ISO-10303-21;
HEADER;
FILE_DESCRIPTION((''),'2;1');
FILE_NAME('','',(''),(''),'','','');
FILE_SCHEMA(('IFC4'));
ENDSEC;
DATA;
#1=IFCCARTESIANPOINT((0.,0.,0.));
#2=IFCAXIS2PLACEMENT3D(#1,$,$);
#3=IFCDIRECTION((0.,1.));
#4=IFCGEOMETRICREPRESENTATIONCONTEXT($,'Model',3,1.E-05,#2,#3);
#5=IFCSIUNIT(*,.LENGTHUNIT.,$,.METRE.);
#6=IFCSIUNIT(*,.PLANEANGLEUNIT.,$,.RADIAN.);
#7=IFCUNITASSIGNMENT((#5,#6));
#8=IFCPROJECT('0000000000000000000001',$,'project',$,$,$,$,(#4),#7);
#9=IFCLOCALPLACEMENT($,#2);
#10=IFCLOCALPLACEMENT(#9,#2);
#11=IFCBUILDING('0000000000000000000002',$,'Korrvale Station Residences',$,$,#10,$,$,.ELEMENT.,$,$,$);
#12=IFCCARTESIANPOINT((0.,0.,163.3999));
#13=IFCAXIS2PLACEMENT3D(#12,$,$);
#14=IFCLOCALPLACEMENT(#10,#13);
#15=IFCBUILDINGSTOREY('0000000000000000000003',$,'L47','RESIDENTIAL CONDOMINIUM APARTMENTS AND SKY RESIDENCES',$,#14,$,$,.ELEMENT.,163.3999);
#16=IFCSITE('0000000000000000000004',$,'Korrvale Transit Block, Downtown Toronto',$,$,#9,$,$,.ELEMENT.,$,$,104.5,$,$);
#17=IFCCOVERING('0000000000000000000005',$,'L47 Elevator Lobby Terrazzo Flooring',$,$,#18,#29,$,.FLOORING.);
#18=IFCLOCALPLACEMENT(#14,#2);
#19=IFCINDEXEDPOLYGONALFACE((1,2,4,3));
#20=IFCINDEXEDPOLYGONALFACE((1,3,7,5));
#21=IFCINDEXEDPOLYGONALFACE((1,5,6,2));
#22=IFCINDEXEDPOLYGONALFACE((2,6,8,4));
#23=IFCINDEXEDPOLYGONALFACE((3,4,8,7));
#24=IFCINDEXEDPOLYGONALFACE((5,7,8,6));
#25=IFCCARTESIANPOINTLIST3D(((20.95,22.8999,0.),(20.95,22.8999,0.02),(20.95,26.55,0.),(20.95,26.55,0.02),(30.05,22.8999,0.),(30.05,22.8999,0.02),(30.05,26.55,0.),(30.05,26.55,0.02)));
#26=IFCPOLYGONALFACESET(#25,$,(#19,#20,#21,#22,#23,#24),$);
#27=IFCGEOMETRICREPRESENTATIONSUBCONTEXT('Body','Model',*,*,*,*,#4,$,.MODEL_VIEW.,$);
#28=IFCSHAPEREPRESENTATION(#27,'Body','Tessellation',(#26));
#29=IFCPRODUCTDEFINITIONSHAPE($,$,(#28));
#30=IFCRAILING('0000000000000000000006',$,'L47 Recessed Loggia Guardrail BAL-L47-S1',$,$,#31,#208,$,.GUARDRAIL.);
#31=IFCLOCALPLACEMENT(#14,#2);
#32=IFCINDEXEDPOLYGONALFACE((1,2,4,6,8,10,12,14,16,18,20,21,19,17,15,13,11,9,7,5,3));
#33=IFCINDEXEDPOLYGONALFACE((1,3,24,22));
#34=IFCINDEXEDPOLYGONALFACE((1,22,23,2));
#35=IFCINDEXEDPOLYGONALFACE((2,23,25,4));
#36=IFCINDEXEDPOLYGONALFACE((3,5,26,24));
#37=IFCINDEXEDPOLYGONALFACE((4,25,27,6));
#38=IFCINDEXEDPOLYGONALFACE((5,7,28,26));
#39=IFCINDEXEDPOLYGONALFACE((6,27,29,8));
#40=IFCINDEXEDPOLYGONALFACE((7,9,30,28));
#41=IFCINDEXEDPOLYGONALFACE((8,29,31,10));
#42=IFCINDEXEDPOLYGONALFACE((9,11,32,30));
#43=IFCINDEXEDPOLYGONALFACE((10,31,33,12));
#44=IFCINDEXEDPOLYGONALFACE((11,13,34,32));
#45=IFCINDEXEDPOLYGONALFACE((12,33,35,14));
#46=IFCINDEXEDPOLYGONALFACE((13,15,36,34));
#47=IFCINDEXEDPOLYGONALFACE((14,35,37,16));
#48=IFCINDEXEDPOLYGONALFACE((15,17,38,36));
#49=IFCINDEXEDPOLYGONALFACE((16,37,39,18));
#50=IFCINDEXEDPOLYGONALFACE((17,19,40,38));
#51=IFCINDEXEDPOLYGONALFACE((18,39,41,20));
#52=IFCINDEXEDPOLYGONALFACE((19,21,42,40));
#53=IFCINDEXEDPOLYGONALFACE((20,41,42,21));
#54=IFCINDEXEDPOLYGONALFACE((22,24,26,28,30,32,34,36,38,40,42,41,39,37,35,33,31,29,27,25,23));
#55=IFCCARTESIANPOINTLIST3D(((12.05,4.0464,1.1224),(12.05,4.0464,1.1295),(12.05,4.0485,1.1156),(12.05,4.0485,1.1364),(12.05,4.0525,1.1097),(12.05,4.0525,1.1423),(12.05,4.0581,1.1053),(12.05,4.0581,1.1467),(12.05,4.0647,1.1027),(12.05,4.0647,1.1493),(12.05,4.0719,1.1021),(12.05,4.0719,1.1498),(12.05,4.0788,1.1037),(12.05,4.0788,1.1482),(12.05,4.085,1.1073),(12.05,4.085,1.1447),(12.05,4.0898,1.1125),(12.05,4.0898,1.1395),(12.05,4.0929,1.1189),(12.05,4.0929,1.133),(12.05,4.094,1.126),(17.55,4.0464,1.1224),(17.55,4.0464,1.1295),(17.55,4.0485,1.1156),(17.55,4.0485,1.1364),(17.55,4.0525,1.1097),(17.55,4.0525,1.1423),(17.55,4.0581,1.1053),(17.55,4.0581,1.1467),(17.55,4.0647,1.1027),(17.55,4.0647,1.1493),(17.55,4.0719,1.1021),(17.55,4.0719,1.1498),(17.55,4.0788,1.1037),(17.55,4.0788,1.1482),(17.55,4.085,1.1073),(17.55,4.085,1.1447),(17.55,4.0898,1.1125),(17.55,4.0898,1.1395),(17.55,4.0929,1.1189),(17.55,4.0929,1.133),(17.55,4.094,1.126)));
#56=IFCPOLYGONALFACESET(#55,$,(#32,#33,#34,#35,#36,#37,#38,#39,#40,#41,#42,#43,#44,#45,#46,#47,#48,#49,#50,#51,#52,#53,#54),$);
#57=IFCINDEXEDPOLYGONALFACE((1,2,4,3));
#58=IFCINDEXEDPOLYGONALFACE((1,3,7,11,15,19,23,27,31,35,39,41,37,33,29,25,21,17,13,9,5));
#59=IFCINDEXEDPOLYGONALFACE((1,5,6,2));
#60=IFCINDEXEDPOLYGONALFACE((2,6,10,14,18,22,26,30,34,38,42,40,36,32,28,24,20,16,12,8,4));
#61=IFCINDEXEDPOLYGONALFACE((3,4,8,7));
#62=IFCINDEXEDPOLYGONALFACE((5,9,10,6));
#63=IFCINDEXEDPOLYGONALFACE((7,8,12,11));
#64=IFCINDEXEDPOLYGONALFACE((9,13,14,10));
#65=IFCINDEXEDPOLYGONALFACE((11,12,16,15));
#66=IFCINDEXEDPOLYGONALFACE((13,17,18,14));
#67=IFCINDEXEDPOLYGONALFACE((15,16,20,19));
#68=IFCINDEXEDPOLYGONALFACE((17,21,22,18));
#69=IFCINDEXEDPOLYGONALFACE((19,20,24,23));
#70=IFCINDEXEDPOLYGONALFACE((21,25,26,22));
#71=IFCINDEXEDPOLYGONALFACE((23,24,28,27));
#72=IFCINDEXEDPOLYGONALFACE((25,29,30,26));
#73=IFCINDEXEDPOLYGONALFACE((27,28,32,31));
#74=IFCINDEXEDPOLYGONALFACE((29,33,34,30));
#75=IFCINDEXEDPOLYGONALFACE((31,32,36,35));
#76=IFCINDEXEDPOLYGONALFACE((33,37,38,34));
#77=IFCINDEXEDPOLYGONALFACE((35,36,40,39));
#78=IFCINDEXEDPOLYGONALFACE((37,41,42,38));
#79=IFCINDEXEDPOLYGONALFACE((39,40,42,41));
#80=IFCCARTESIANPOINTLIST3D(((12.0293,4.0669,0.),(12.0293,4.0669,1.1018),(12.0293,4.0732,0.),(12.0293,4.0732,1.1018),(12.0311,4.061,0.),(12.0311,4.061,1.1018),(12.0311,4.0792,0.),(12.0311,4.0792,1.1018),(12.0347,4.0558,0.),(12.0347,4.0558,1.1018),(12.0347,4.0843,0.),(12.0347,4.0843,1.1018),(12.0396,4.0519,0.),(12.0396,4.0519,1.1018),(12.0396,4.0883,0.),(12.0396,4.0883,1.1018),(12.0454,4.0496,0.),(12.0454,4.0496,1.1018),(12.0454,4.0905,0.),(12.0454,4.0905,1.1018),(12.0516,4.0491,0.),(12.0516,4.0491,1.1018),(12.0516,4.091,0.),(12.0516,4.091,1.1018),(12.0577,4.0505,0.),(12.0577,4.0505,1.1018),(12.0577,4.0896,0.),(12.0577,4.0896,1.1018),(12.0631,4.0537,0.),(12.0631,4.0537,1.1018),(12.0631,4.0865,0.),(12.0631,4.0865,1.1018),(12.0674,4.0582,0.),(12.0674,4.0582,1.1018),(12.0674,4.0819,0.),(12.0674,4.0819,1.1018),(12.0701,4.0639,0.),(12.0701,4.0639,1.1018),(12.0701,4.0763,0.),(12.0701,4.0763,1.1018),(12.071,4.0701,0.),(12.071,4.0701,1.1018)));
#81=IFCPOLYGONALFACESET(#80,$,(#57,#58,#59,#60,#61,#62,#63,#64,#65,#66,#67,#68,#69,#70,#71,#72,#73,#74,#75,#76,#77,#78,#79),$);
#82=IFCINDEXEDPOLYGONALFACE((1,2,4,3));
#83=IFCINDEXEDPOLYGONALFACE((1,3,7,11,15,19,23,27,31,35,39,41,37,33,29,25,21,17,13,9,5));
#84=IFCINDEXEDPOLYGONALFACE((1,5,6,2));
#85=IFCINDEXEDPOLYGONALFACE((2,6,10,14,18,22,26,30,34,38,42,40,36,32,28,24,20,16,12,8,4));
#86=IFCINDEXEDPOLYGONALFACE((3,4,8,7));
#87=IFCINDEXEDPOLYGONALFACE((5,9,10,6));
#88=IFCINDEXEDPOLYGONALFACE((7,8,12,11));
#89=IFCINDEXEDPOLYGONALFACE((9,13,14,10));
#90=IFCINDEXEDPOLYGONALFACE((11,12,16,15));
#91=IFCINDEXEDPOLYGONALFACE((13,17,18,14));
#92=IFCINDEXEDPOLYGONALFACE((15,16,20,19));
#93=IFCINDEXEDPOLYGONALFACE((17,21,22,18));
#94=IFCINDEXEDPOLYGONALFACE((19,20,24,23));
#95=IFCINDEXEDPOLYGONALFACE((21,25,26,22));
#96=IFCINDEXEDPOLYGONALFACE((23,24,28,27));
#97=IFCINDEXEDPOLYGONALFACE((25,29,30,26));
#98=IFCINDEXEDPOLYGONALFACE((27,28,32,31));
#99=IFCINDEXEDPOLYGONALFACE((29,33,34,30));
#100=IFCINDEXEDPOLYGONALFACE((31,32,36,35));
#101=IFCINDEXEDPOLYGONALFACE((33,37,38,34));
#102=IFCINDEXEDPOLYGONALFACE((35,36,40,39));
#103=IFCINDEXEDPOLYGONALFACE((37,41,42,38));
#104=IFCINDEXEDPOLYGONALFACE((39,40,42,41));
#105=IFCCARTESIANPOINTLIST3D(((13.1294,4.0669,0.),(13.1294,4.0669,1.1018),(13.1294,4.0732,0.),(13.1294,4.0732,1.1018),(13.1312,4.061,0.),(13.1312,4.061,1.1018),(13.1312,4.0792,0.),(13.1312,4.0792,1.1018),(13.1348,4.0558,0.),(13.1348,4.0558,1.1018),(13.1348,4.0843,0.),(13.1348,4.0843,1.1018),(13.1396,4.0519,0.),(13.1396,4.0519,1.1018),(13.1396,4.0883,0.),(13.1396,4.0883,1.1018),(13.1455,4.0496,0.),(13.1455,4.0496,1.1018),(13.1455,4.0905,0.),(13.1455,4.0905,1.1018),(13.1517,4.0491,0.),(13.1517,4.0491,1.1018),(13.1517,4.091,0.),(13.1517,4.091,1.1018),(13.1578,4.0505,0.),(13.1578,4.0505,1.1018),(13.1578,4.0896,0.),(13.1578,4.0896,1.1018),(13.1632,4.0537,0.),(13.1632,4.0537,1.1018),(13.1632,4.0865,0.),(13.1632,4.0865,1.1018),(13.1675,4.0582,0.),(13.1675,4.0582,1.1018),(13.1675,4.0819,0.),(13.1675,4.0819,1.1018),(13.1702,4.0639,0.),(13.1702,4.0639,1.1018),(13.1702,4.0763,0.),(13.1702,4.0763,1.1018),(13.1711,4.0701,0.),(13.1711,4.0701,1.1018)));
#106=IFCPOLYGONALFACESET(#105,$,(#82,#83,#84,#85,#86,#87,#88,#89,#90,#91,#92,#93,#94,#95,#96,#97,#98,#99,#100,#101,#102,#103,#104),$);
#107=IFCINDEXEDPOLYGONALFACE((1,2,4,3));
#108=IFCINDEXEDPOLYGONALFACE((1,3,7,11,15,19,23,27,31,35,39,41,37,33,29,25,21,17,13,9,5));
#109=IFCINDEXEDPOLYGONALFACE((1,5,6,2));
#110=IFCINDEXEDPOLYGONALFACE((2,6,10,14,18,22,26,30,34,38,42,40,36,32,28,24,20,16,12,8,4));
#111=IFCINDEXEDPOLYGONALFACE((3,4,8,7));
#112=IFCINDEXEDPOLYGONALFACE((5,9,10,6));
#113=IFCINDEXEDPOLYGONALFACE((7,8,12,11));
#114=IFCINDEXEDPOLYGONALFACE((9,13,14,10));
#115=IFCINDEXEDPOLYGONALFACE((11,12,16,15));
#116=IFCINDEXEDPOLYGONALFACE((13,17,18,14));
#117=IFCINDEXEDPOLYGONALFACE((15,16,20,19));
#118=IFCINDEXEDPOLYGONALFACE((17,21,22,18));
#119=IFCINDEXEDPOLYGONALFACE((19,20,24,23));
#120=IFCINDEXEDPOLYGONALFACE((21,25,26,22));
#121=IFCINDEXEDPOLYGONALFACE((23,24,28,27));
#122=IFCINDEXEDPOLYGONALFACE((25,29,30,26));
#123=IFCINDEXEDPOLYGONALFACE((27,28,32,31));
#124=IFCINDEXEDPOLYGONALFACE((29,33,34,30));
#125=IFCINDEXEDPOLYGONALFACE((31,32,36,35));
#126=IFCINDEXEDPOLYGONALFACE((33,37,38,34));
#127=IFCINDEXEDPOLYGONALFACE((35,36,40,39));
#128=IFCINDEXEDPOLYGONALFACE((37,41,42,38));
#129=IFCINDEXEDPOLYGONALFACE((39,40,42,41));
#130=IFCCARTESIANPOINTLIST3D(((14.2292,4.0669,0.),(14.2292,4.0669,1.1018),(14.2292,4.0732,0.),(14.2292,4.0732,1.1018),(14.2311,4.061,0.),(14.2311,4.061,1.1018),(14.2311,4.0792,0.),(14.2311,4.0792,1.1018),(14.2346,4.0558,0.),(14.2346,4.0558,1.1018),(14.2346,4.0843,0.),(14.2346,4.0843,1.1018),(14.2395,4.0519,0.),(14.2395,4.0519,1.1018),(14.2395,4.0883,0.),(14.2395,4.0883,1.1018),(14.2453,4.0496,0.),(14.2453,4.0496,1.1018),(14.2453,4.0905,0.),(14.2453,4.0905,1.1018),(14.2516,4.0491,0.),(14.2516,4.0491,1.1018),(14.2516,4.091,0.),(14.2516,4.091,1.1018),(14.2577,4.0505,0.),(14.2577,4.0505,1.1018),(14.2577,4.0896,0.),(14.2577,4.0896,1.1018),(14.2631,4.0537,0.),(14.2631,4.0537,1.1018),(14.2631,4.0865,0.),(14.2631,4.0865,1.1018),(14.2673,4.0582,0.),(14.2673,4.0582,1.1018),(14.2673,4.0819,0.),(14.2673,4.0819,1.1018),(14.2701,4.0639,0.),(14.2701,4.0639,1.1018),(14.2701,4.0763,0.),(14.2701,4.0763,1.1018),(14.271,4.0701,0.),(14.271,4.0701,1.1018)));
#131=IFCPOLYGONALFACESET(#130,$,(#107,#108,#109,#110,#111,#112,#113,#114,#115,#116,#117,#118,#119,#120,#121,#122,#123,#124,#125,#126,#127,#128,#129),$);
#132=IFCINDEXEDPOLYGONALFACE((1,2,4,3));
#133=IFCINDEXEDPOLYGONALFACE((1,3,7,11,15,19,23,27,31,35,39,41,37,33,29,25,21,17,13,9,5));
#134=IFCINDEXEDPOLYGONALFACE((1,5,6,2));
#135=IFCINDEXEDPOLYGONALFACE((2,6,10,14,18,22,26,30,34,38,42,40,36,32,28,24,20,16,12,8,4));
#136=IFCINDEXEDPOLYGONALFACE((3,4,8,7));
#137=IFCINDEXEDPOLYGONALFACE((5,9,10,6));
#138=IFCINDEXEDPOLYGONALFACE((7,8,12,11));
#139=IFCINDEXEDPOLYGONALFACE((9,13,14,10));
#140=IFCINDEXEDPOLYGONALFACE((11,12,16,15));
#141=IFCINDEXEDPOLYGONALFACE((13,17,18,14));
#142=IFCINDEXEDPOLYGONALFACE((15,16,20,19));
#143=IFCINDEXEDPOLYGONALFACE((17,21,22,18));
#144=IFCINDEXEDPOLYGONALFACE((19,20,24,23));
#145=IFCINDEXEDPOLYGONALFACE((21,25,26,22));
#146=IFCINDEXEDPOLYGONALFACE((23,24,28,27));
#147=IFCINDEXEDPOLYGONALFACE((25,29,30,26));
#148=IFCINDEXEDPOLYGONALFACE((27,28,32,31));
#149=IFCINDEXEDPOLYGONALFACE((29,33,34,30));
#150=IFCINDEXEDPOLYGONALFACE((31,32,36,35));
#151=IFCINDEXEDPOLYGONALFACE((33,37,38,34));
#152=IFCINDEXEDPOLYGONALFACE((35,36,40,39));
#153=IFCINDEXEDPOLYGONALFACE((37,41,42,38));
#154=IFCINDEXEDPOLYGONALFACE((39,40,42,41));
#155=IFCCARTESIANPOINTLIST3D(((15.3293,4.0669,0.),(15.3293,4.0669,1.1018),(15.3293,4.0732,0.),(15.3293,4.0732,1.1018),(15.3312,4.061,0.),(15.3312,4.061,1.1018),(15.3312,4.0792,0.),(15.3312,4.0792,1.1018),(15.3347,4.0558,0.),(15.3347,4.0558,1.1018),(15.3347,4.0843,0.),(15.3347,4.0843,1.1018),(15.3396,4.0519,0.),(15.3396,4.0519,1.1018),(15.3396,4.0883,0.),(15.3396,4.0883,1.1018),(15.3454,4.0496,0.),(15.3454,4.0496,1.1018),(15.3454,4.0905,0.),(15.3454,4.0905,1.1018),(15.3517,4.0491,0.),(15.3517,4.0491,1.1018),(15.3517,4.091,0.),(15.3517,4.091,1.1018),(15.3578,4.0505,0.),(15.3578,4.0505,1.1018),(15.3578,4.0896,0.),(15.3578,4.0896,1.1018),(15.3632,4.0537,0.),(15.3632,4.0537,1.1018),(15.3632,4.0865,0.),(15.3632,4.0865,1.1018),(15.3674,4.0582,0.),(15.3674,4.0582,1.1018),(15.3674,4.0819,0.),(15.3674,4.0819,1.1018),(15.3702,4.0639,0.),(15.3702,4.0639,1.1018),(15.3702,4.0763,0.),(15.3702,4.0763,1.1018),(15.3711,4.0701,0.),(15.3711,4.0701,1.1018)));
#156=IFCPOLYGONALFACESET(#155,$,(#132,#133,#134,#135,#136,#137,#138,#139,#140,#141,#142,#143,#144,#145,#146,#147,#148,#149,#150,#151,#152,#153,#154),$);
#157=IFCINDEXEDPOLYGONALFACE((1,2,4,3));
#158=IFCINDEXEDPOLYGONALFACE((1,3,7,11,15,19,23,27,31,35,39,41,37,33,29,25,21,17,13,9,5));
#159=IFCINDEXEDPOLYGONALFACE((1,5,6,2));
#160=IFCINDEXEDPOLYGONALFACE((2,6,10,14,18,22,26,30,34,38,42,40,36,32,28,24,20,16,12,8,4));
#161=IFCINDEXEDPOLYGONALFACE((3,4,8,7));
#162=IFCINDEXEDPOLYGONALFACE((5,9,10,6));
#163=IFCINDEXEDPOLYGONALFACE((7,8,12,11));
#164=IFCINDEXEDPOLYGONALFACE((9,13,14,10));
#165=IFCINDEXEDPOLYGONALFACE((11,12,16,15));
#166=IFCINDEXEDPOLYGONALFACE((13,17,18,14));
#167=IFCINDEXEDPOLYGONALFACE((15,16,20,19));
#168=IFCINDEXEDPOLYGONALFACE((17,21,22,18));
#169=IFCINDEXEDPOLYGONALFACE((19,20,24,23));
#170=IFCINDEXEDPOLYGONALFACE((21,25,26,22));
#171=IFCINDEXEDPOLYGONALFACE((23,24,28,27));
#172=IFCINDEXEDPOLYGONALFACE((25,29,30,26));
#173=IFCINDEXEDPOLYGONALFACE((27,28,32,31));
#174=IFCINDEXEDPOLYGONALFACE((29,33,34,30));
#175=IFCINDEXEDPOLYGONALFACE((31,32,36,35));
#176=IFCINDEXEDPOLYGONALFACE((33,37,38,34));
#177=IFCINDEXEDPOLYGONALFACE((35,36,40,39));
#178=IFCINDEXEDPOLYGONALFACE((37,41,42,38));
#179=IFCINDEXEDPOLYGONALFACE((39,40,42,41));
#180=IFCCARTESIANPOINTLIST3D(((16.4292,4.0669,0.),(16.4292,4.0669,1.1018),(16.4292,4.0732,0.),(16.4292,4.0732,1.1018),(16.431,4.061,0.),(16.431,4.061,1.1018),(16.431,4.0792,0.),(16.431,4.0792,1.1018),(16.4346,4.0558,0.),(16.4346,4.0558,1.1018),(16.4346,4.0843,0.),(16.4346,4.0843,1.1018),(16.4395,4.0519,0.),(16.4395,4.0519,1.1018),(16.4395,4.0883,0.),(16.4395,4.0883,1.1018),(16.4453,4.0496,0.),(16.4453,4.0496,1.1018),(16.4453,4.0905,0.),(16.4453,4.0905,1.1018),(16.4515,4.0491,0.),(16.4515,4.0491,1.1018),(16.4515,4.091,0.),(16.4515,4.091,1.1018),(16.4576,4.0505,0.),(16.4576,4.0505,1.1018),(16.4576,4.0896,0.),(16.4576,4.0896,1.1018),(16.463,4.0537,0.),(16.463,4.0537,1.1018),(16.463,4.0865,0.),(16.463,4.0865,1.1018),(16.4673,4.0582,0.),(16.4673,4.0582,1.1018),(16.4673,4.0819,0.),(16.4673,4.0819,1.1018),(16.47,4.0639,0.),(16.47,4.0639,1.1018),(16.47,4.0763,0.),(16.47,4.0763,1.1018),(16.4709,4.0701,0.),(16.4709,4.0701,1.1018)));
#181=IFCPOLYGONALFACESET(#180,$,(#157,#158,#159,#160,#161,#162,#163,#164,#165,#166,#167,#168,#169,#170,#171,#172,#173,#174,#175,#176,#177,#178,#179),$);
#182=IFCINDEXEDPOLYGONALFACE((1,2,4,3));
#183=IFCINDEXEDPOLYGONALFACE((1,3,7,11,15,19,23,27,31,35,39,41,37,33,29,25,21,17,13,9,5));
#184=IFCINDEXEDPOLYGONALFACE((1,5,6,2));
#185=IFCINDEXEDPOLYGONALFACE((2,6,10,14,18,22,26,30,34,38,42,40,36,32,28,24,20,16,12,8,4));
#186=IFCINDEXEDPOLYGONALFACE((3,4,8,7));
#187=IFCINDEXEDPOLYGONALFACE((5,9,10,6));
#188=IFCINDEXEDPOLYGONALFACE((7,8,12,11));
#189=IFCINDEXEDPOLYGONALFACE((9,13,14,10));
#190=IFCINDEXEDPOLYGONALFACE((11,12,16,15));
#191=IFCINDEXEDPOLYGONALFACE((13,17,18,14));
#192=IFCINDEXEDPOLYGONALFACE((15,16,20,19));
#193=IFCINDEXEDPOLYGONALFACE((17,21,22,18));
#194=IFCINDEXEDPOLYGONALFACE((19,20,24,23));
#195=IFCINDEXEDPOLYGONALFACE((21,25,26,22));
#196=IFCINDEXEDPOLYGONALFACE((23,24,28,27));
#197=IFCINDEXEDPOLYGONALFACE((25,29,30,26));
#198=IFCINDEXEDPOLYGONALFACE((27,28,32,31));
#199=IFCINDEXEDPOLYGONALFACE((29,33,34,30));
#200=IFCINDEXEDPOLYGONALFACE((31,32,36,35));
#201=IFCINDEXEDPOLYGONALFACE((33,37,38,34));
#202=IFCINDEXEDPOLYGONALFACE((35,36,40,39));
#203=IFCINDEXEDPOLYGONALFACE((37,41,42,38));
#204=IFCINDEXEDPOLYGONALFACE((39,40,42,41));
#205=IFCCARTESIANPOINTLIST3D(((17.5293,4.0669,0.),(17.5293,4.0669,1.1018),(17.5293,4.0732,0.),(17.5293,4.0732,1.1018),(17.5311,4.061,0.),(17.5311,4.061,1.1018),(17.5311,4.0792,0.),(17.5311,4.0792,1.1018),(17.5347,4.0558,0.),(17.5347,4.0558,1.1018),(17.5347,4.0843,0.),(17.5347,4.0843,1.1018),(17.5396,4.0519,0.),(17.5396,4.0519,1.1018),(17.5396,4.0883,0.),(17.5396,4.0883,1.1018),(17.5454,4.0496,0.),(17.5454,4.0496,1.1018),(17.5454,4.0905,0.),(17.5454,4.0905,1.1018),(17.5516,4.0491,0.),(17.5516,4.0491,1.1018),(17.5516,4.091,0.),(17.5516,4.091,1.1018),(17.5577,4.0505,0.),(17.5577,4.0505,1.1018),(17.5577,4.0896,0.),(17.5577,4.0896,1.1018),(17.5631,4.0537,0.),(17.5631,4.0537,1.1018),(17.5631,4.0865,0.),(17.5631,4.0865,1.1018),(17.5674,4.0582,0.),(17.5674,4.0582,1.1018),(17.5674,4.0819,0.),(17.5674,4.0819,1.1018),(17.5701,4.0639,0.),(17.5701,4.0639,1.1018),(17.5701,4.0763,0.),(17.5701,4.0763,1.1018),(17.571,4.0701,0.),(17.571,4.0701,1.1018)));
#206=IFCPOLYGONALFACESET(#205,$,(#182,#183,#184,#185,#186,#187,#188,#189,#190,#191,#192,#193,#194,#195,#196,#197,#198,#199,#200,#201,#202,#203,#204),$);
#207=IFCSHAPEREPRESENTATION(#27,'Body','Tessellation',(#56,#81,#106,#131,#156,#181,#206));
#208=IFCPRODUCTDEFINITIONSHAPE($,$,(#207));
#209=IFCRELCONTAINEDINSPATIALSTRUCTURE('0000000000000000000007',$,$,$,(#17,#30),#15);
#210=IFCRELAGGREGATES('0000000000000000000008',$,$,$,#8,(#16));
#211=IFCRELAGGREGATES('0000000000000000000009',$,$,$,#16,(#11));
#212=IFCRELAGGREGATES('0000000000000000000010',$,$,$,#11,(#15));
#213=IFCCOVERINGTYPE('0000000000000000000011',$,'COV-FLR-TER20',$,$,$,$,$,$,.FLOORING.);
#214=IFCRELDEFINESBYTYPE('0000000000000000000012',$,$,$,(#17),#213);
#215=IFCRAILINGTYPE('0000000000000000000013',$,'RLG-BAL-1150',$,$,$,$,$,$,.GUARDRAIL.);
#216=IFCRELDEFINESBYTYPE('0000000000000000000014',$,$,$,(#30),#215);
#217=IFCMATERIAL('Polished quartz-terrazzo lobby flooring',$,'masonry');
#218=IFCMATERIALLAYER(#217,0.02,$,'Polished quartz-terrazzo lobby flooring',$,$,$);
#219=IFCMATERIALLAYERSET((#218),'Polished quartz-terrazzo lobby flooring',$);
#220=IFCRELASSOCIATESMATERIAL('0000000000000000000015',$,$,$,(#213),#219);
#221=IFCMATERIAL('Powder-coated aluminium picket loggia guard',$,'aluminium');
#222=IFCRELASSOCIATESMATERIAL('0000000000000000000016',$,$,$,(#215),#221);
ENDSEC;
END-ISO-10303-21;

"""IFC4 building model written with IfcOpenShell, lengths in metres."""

from ifc_helpers import new_model, si_unit, direction, frame, origin, origin_2d, place, context, subcontext, project, spatial, polyline, circle, outline, extrude, material, layer, layer_set, type_object, element, save


model = new_model("IFC4")

# Units and contexts
model_context = context("Model", 3, precision=1e-05, world=origin(), true_north=direction((0.0, 1.0)))
body_context = subcontext(model_context, "Body", "Model", "MODEL_VIEW")
ifc_project = project(units=[si_unit("LENGTHUNIT", "METRE"), si_unit("PLANEANGLEUNIT", "RADIAN")], contexts=[model_context])

# Site, building, storey
site_placement = place(None, origin())
site = spatial("IfcSite", under=ifc_project, at=site_placement, Name="Korrvale Transit Block, Downtown Toronto", CompositionType="ELEMENT", RefElevation=104.5)
building_placement = place(site_placement, origin())
building = spatial("IfcBuilding", under=site, at=building_placement, Name="Korrvale Station Residences", CompositionType="ELEMENT")
storey_placement = place(building_placement, frame((0.0, 0.0, 163.3999)))
storey = spatial("IfcBuildingStorey", under=building, at=storey_placement, Name="L47", Description="RESIDENTIAL CONDOMINIUM APARTMENTS AND SKY RESIDENCES", CompositionType="ELEMENT", Elevation=163.3999)

# Covering
ifc_material_1 = material(Name="Polished quartz-terrazzo lobby flooring", Category="masonry")
ifc_layer_1 = layer(ifc_material_1, 0.02, Name="Polished quartz-terrazzo lobby flooring")
ifc_layer_set_1 = layer_set([ifc_layer_1], Name="Polished quartz-terrazzo lobby flooring")
covering_type_1 = type_object("IfcCoveringType", Name="COV-FLR-TER20", PredefinedType="FLOORING", material=ifc_layer_set_1)
covering_1_placement = place(storey_placement, origin())
element("IfcCovering", 1, at=covering_1_placement, inside=storey, type_object=covering_type_1, Name="L47 Elevator Lobby Terrazzo Flooring", PredefinedType="FLOORING", context=body_context, shape_type="SweptSolid", body=[
    extrude(outline(polyline([(20.95, 22.8999), (30.05, 22.8999), (30.05, 26.55), (20.95, 26.55), (20.95, 22.8999)])), origin(), (0.0, 0.0, 1.0), 0.02),
])

# Railing
ifc_material_2 = material(Name="Powder-coated aluminium picket loggia guard", Category="aluminium")
railing_type = type_object("IfcRailingType", Name="RLG-BAL-1150", PredefinedType="GUARDRAIL", material=ifc_material_2)
railing_placement = place(storey_placement, frame((12.05, 4.0701, 0.0)))
element("IfcRailing", 2, at=railing_placement, inside=storey, type_object=railing_type, Name="L47 Recessed Loggia Guardrail BAL-L47-S1", PredefinedType="GUARDRAIL", context=body_context, shape_type="SweptSolid", body=[
    extrude(circle(Radius=0.0239, at=origin_2d()), frame((0.0, 0.0, 1.126), z_axis=(1.0, 0.0, 0.0), x_axis=(0.0, 1.0, 0.0)), (0.0, 0.0, 1.0), 5.5),
    extrude(circle(Radius=0.021, at=origin_2d()), origin(), (0.0, 0.0, 1.0), 1.1018),
    extrude(circle(Radius=0.021, at=origin_2d()), frame((1.1001, 0.0, 0.0)), (0.0, 0.0, 1.0), 1.1018),
    extrude(circle(Radius=0.021, at=origin_2d()), frame((2.2, 0.0, 0.0)), (0.0, 0.0, 1.0), 1.1018),
    extrude(circle(Radius=0.021, at=origin_2d()), frame((3.3, 0.0, 0.0)), (0.0, 0.0, 1.0), 1.1018),
    extrude(circle(Radius=0.021, at=origin_2d()), frame((4.3999, 0.0, 0.0)), (0.0, 0.0, 1.0), 1.1018),
    extrude(circle(Radius=0.021, at=origin_2d()), frame((5.5, 0.0, 0.0)), (0.0, 0.0, 1.0), 1.1018),
])

save(model, "model.ifc")
